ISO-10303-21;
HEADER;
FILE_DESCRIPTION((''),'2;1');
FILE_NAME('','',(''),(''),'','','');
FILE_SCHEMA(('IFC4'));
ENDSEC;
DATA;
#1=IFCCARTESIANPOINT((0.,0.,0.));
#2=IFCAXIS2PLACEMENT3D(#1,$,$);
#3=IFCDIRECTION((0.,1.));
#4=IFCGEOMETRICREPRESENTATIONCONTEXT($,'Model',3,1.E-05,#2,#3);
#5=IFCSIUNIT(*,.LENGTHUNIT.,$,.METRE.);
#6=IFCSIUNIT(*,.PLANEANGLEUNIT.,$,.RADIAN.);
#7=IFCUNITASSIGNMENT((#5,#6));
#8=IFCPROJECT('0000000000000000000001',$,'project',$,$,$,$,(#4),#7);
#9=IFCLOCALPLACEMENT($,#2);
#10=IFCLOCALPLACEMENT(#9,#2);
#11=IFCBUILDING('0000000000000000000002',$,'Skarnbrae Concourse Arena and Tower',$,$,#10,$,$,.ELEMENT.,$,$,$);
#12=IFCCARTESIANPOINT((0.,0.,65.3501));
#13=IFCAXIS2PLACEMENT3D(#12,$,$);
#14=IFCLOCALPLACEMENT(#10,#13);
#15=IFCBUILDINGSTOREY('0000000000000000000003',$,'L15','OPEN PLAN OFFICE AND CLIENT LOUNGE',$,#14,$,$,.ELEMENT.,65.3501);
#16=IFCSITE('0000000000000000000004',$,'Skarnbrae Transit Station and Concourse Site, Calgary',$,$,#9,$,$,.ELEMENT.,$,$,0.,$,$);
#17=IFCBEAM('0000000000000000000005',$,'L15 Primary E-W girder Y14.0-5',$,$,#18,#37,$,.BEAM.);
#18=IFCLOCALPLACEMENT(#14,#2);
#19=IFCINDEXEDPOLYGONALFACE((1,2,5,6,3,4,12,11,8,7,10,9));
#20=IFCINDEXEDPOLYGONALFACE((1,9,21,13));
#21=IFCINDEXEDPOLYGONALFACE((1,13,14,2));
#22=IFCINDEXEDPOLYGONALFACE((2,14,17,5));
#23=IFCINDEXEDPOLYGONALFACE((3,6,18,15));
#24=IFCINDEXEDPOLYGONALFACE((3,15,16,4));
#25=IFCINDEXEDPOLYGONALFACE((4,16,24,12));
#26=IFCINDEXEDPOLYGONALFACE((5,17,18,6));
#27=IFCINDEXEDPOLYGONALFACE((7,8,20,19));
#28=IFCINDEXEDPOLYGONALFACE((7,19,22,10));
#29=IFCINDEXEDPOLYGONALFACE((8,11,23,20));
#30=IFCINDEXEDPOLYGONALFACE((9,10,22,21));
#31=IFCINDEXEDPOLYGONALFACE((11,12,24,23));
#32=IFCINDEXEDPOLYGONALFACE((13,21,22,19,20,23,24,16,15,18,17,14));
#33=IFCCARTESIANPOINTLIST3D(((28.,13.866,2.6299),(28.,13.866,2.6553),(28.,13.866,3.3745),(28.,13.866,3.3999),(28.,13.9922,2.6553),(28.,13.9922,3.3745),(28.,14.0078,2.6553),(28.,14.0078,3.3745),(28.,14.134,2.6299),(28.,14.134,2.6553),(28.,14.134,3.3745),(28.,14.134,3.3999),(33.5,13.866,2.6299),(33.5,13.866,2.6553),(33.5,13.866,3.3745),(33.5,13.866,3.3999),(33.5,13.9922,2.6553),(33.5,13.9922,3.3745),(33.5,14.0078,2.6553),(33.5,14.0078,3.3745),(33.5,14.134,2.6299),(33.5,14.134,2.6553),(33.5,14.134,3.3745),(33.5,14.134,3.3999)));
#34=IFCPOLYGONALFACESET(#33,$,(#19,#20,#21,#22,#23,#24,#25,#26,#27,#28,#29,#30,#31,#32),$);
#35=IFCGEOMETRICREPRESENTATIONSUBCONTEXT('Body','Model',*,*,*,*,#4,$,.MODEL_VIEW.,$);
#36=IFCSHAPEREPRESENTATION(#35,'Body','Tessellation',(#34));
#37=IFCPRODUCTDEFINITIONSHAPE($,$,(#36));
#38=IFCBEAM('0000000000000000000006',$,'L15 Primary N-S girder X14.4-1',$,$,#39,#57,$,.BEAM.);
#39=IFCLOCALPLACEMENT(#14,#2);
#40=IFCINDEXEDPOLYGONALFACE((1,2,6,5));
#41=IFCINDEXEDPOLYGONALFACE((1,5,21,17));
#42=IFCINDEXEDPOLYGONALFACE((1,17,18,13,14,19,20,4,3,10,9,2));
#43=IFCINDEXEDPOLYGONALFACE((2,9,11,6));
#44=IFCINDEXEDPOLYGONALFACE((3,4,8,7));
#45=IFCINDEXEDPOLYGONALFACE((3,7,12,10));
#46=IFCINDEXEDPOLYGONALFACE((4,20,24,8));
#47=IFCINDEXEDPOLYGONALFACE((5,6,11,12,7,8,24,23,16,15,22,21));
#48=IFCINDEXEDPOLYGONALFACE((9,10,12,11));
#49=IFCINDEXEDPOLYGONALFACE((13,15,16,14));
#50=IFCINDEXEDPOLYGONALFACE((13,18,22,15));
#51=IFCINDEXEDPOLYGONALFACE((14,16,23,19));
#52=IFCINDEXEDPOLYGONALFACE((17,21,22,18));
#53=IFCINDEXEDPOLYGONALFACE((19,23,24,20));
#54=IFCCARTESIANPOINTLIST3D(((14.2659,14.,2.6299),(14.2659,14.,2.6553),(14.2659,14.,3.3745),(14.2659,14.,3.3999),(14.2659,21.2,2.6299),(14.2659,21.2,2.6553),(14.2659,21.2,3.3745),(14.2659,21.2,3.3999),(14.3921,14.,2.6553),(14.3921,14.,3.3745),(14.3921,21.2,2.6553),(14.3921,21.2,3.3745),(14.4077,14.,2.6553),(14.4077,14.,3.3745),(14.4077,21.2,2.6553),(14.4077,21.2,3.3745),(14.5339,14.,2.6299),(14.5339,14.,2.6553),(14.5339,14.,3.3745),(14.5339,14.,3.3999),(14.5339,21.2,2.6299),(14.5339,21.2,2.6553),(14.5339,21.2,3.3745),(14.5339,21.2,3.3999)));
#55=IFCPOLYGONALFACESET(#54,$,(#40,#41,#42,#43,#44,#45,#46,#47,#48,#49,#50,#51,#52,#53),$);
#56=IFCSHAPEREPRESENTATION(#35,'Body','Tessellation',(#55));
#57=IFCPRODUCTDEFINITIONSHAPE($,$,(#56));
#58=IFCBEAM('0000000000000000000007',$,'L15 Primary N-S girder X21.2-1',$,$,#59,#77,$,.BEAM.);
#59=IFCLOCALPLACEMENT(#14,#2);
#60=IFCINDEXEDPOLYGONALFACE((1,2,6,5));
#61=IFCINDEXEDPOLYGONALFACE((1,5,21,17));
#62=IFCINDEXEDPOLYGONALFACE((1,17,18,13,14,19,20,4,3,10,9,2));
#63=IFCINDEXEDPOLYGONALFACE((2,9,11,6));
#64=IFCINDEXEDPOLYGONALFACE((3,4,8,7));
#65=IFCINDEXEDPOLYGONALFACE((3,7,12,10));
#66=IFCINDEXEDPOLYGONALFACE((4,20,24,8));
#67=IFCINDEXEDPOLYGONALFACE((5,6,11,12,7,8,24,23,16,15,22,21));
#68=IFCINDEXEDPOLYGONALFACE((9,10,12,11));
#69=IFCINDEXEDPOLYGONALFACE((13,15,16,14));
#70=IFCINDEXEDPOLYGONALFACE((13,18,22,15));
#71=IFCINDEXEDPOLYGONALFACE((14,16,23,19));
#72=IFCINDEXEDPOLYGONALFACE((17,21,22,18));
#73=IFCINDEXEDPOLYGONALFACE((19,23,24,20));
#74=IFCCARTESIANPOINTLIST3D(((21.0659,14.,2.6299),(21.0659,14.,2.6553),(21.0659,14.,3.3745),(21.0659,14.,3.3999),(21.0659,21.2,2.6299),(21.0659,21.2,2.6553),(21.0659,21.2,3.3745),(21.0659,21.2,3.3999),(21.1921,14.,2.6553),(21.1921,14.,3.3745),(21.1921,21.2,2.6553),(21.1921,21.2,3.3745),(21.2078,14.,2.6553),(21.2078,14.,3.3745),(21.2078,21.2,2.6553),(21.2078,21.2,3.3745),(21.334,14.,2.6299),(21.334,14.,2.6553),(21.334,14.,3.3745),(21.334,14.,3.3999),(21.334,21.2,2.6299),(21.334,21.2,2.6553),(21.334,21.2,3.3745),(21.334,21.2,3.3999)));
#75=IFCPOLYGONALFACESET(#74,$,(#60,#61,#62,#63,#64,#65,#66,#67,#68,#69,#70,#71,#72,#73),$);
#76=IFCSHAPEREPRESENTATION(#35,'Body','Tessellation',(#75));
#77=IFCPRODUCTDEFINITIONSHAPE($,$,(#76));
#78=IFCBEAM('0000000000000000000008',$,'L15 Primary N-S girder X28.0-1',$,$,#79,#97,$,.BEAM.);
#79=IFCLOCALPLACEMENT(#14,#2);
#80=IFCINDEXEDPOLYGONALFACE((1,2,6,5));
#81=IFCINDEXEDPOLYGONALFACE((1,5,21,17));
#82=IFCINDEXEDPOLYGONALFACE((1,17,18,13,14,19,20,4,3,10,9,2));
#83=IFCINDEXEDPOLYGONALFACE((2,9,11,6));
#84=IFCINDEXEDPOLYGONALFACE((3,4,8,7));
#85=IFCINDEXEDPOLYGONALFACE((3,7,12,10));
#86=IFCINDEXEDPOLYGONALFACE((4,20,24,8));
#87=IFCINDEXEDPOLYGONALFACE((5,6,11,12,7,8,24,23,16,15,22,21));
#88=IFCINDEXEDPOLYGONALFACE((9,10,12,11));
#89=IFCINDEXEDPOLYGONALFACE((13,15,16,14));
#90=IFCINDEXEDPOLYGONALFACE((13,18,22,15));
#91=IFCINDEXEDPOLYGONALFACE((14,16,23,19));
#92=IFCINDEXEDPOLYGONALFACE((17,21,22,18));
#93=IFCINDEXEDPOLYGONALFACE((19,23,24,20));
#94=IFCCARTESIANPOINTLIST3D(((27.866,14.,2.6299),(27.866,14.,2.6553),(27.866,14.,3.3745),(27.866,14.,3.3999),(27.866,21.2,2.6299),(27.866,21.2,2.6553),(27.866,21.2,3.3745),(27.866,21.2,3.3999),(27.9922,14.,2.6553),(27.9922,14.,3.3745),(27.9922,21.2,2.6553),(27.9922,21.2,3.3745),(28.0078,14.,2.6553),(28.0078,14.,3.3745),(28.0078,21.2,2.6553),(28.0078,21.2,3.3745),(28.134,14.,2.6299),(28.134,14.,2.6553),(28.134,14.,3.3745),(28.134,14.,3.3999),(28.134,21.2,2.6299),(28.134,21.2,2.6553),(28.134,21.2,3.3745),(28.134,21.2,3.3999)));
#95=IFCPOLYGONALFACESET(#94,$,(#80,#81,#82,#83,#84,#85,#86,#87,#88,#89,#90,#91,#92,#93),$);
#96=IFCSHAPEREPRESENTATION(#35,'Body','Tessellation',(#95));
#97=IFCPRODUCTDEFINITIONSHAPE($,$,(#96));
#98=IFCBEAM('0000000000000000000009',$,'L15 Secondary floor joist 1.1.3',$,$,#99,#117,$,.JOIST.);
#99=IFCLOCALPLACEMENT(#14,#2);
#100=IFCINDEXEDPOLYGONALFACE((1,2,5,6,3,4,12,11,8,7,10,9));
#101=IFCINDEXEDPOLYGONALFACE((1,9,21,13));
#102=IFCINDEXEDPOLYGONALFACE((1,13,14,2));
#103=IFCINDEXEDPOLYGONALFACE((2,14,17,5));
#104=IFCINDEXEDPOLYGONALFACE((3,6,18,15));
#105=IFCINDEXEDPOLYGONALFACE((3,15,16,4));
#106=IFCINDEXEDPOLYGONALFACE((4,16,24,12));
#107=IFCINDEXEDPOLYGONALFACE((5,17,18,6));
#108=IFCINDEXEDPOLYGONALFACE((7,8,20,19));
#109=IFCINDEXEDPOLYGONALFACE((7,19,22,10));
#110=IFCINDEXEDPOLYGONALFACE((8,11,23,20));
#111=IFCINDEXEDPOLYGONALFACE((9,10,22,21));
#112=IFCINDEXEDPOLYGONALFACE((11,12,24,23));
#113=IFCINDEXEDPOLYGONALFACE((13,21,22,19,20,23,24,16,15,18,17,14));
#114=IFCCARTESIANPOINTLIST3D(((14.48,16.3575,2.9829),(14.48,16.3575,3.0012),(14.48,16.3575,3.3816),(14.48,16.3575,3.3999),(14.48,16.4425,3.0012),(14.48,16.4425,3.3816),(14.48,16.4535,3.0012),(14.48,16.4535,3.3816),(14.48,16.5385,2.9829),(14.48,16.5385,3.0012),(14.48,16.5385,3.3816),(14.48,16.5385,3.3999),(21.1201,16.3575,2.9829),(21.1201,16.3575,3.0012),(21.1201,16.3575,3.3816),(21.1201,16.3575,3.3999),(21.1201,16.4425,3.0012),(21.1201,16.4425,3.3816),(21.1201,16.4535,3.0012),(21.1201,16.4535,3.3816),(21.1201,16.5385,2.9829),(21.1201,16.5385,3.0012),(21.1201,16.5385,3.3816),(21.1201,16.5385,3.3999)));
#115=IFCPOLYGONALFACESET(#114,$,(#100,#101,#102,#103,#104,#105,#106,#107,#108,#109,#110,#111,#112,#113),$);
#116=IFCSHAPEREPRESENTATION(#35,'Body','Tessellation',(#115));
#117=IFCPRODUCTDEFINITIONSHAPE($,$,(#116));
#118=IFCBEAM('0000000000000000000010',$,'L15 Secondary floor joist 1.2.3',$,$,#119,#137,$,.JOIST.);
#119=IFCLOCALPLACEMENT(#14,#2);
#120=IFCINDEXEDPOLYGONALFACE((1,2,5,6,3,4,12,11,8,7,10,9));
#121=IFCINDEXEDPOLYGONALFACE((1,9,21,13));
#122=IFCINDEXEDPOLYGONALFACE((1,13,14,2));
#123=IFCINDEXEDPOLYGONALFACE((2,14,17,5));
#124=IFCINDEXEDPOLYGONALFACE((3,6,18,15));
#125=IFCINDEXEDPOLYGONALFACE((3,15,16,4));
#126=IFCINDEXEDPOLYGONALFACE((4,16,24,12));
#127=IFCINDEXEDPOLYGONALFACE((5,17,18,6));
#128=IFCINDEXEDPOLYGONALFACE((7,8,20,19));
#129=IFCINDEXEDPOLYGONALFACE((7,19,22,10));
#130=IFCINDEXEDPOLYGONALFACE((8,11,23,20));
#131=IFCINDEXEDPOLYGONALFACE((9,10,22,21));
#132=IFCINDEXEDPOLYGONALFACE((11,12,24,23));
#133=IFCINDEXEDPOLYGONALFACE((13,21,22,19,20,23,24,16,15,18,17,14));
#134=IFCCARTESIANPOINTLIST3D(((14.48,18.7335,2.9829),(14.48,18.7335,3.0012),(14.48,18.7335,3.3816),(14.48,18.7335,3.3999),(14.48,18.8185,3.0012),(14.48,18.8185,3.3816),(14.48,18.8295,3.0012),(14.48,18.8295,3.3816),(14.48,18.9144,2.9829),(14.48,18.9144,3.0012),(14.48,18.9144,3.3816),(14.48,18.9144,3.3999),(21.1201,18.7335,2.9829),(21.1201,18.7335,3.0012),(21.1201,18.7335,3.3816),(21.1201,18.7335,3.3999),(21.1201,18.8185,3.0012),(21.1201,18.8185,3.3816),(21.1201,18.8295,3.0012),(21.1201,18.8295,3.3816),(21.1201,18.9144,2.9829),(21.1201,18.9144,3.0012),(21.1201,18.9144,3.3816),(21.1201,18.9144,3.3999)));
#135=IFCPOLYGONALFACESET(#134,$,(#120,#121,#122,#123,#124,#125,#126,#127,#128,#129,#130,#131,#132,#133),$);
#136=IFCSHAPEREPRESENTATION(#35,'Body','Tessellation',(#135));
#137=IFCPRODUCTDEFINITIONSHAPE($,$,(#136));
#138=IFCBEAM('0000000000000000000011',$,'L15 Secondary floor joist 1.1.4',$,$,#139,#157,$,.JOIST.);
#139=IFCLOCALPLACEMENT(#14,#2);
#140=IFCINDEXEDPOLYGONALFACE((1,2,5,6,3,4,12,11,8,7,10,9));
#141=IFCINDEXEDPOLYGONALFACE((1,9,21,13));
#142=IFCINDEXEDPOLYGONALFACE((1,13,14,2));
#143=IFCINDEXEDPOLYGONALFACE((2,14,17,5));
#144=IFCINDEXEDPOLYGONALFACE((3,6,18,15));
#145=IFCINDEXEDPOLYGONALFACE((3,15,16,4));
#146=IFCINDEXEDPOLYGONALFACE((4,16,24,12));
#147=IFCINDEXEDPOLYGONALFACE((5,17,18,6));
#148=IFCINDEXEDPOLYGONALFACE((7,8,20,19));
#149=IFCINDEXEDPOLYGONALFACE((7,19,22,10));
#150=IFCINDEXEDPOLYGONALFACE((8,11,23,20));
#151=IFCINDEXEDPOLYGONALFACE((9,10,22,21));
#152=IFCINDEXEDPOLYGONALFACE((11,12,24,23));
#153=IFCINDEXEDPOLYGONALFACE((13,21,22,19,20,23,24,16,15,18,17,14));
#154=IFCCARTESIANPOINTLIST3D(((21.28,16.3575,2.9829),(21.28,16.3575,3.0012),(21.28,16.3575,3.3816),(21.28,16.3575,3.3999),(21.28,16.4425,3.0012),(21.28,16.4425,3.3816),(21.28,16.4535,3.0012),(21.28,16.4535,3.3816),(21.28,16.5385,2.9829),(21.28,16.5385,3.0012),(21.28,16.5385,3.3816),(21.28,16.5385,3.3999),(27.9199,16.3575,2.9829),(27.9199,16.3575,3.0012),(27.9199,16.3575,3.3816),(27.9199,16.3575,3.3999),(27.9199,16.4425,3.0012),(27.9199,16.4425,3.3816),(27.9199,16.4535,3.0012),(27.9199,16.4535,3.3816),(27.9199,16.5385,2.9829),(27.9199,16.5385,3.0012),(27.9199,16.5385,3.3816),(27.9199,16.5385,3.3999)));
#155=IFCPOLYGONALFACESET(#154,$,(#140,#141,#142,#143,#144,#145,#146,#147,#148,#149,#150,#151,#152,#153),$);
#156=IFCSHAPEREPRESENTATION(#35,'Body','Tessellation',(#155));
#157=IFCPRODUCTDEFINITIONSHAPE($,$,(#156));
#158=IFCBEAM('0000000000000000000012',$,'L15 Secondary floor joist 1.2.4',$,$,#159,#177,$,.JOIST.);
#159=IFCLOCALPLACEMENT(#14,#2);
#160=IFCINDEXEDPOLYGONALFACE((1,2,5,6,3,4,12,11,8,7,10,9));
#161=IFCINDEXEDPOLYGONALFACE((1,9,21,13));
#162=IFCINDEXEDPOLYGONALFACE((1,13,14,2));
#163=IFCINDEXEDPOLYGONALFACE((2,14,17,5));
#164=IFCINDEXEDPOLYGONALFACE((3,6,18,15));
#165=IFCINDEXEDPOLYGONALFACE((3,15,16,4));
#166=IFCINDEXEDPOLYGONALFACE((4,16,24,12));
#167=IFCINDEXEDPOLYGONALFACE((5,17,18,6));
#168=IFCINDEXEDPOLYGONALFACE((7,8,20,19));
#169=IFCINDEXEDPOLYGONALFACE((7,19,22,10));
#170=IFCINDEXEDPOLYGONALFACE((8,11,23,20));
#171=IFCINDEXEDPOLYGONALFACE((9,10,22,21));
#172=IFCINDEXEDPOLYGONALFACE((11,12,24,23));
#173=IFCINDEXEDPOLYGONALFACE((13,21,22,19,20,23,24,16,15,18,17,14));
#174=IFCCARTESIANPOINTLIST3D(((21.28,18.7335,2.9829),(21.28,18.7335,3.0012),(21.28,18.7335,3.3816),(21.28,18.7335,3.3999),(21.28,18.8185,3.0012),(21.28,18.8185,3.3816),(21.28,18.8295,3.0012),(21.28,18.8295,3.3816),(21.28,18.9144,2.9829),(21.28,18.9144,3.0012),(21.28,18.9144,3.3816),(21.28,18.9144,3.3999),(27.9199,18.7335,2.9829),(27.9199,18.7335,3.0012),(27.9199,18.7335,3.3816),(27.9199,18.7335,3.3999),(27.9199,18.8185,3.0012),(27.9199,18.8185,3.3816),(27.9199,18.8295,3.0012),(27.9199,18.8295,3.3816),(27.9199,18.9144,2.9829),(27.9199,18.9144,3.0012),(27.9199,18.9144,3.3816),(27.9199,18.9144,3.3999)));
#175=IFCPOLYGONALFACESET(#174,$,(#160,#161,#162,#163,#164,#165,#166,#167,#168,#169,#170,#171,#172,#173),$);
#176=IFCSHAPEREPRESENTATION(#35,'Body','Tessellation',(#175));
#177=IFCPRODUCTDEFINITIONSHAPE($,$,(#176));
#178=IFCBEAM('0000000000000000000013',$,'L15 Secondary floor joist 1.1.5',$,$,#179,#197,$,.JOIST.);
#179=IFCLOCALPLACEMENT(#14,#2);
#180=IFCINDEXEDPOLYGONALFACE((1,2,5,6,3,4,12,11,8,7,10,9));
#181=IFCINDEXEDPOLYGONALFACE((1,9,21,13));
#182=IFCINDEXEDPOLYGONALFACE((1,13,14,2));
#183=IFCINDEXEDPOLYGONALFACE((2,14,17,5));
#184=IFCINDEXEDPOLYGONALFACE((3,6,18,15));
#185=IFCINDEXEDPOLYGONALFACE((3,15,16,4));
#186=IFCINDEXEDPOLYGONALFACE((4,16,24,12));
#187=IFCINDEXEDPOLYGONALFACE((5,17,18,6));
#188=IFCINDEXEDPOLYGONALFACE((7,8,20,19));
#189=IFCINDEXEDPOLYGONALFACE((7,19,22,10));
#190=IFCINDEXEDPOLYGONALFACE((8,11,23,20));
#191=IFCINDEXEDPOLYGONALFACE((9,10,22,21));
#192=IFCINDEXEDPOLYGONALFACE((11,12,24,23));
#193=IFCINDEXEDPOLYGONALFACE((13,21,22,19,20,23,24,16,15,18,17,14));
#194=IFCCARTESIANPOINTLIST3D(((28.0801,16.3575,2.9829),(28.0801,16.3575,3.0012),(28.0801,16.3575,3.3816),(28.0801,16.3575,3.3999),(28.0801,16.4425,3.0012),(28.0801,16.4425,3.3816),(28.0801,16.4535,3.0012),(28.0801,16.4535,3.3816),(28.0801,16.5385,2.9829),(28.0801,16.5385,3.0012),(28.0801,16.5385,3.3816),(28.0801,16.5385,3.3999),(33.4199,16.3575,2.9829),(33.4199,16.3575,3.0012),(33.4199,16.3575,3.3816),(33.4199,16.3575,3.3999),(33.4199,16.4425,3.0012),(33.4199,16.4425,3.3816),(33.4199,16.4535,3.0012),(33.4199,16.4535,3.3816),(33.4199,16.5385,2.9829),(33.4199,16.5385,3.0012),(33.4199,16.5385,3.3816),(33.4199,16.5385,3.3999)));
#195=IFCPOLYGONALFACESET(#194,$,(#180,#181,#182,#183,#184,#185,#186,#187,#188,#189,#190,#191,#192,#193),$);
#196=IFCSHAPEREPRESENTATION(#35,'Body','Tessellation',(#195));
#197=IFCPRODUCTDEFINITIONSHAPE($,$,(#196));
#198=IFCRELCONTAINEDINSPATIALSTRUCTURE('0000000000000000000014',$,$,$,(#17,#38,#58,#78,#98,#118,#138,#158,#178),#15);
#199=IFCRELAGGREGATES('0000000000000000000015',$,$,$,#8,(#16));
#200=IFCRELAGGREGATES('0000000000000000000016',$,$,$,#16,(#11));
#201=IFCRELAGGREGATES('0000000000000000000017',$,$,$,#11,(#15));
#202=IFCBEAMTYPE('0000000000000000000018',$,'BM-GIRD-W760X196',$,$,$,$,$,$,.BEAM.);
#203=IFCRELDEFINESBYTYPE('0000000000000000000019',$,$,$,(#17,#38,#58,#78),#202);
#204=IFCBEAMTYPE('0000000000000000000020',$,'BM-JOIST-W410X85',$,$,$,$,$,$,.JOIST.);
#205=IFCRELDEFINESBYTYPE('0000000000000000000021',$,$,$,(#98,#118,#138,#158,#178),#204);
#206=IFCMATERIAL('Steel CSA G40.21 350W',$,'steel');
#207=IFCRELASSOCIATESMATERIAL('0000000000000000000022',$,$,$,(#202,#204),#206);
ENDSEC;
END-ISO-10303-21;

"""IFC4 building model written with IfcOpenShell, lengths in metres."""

from ifc_helpers import new_model, si_unit, direction, frame, origin, origin_2d, place, context, subcontext, project, spatial, i_section, extrude, source, transform, mapped, material, material_profile, profile_set, type_object, element, save


model = new_model("IFC4")

# Units and contexts
model_context = context("Model", 3, precision=1e-05, world=origin(), true_north=direction((0.0, 1.0)))
body_context = subcontext(model_context, "Body", "Model", "MODEL_VIEW")
ifc_project = project(units=[si_unit("LENGTHUNIT", "METRE"), si_unit("PLANEANGLEUNIT", "RADIAN")], contexts=[model_context])

# Site, building, storey
site_placement = place(None, origin())
site = spatial("IfcSite", under=ifc_project, at=site_placement, Name="Skarnbrae Transit Station and Concourse Site, Calgary", CompositionType="ELEMENT", RefElevation=0.0)
building_placement = place(site_placement, origin())
building = spatial("IfcBuilding", under=site, at=building_placement, Name="Skarnbrae Concourse Arena and Tower", CompositionType="ELEMENT")
storey_placement = place(building_placement, frame((0.0, 0.0, 65.3501)))
storey = spatial("IfcBuildingStorey", under=building, at=storey_placement, Name="L15", Description="OPEN PLAN OFFICE AND CLIENT LOUNGE", CompositionType="ELEMENT", Elevation=65.3501)

# Shared definitions
ifc_material_1 = material(Name="Steel CSA G40.21 350W", Category="steel")

# Beams
ifc_material_profile_1 = material_profile(ifc_material_1, i_section(OverallWidth=0.2681, OverallDepth=0.77, WebThickness=0.0156, FlangeThickness=0.0254, at=origin_2d()), Name="W760X196")
ifc_profile_set_1 = profile_set([ifc_material_profile_1], Name="Steel CSA G40.21 350W")
beam_type_1 = type_object("IfcBeamType", Name="BM-GIRD-W760X196", PredefinedType="BEAM", material=ifc_profile_set_1)
shared_shape_1 = source(origin(), body_context, "Body", "SweptSolid", [
    extrude(i_section(OverallWidth=0.2681, OverallDepth=0.77, WebThickness=0.0156, FlangeThickness=0.0254, at=origin_2d()), origin(), (0.0, 0.0, 1.0), 5.5),
])
beam_1_placement = place(storey_placement, frame((28.0, 14.0, 3.0149), z_axis=(1.0, 0.0, 0.0), x_axis=(0.0, 1.0, 0.0)))
element("IfcBeam", 1, at=beam_1_placement, inside=storey, type_object=beam_type_1, Name="L15 Primary E-W girder Y14.0-5", PredefinedType="BEAM", context=body_context, shape_type="MappedRepresentation", body=[
    mapped(shared_shape_1, transform((0.0, 0.0, 0.0))),
])
shared_shape_2 = source(origin(), body_context, "Body", "SweptSolid", [
    extrude(i_section(OverallWidth=0.2681, OverallDepth=0.77, WebThickness=0.0156, FlangeThickness=0.0254, at=origin_2d()), origin(), (0.0, 0.0, 1.0), 7.2),
])
for number, where, z_axis, x_axis, name in (
    (2, (14.3999, 14.0, 3.0149), (0.0, 1.0, 0.0), (-1.0, 0.0, 0.0), "L15 Primary N-S girder X14.4-1"),
    (3, (21.2, 14.0, 3.0149), (0.0, 1.0, 0.0), (-1.0, 0.0, 0.0), "L15 Primary N-S girder X21.2-1"),
    (4, (28.0, 14.0, 3.0149), (0.0, 1.0, 0.0), (-1.0, 0.0, 0.0), "L15 Primary N-S girder X28.0-1"),
):
    element("IfcBeam", number, at=place(storey_placement, frame(where, z_axis=z_axis, x_axis=x_axis)), inside=storey, type_object=beam_type_1, Name=name, PredefinedType="BEAM", context=body_context, shape_type="MappedRepresentation", body=[
        mapped(shared_shape_2, transform((0.0, 0.0, 0.0))),
    ])
ifc_material_profile_2 = material_profile(ifc_material_1, i_section(OverallWidth=0.1809, OverallDepth=0.417, WebThickness=0.011, FlangeThickness=0.0183, at=origin_2d()), Name="W410X85")
ifc_profile_set_2 = profile_set([ifc_material_profile_2], Name="Steel CSA G40.21 350W")
beam_type_2 = type_object("IfcBeamType", Name="BM-JOIST-W410X85", PredefinedType="JOIST", material=ifc_profile_set_2)
shared_shape_3 = source(origin(), body_context, "Body", "SweptSolid", [
    extrude(i_section(OverallWidth=0.1809, OverallDepth=0.417, WebThickness=0.011, FlangeThickness=0.0183, at=origin_2d()), origin(), (0.0, 0.0, 1.0), 6.6401),
])
for number, where, z_axis, x_axis, name in (
    (5, (14.48, 16.448, 3.1914), (1.0, 0.0, 0.0), (0.0, 1.0, 0.0), "L15 Secondary floor joist 1.1.3"),
    (6, (14.48, 18.824, 3.1914), (1.0, 0.0, 0.0), (0.0, 1.0, 0.0), "L15 Secondary floor joist 1.2.3"),
):
    element("IfcBeam", number, at=place(storey_placement, frame(where, z_axis=z_axis, x_axis=x_axis)), inside=storey, type_object=beam_type_2, Name=name, PredefinedType="JOIST", context=body_context, shape_type="MappedRepresentation", body=[
        mapped(shared_shape_3, transform((0.0, 0.0, 0.0))),
    ])
shared_shape_4 = source(origin(), body_context, "Body", "SweptSolid", [
    extrude(i_section(OverallWidth=0.1809, OverallDepth=0.417, WebThickness=0.011, FlangeThickness=0.0183, at=origin_2d()), origin(), (0.0, 0.0, 1.0), 6.6399),
])
for number, where, z_axis, x_axis, name in (
    (7, (21.28, 16.448, 3.1914), (1.0, 0.0, 0.0), (0.0, 1.0, 0.0), "L15 Secondary floor joist 1.1.4"),
    (8, (21.28, 18.824, 3.1914), (1.0, 0.0, 0.0), (0.0, 1.0, 0.0), "L15 Secondary floor joist 1.2.4"),
):
    element("IfcBeam", number, at=place(storey_placement, frame(where, z_axis=z_axis, x_axis=x_axis)), inside=storey, type_object=beam_type_2, Name=name, PredefinedType="JOIST", context=body_context, shape_type="MappedRepresentation", body=[
        mapped(shared_shape_4, transform((0.0, 0.0, 0.0))),
    ])
shared_shape_5 = source(origin(), body_context, "Body", "SweptSolid", [
    extrude(i_section(OverallWidth=0.1809, OverallDepth=0.417, WebThickness=0.011, FlangeThickness=0.0183, at=origin_2d()), origin(), (0.0, 0.0, 1.0), 5.3398),
])
for number, where, z_axis, x_axis, name in (
    (9, (28.0801, 16.448, 3.1914), (1.0, 0.0, 0.0), (0.0, 1.0, 0.0), "L15 Secondary floor joist 1.1.5"),
):
    element("IfcBeam", number, at=place(storey_placement, frame(where, z_axis=z_axis, x_axis=x_axis)), inside=storey, type_object=beam_type_2, Name=name, PredefinedType="JOIST", context=body_context, shape_type="MappedRepresentation", body=[
        mapped(shared_shape_5, transform((0.0, 0.0, 0.0))),
    ])

save(model, "model.ifc")
